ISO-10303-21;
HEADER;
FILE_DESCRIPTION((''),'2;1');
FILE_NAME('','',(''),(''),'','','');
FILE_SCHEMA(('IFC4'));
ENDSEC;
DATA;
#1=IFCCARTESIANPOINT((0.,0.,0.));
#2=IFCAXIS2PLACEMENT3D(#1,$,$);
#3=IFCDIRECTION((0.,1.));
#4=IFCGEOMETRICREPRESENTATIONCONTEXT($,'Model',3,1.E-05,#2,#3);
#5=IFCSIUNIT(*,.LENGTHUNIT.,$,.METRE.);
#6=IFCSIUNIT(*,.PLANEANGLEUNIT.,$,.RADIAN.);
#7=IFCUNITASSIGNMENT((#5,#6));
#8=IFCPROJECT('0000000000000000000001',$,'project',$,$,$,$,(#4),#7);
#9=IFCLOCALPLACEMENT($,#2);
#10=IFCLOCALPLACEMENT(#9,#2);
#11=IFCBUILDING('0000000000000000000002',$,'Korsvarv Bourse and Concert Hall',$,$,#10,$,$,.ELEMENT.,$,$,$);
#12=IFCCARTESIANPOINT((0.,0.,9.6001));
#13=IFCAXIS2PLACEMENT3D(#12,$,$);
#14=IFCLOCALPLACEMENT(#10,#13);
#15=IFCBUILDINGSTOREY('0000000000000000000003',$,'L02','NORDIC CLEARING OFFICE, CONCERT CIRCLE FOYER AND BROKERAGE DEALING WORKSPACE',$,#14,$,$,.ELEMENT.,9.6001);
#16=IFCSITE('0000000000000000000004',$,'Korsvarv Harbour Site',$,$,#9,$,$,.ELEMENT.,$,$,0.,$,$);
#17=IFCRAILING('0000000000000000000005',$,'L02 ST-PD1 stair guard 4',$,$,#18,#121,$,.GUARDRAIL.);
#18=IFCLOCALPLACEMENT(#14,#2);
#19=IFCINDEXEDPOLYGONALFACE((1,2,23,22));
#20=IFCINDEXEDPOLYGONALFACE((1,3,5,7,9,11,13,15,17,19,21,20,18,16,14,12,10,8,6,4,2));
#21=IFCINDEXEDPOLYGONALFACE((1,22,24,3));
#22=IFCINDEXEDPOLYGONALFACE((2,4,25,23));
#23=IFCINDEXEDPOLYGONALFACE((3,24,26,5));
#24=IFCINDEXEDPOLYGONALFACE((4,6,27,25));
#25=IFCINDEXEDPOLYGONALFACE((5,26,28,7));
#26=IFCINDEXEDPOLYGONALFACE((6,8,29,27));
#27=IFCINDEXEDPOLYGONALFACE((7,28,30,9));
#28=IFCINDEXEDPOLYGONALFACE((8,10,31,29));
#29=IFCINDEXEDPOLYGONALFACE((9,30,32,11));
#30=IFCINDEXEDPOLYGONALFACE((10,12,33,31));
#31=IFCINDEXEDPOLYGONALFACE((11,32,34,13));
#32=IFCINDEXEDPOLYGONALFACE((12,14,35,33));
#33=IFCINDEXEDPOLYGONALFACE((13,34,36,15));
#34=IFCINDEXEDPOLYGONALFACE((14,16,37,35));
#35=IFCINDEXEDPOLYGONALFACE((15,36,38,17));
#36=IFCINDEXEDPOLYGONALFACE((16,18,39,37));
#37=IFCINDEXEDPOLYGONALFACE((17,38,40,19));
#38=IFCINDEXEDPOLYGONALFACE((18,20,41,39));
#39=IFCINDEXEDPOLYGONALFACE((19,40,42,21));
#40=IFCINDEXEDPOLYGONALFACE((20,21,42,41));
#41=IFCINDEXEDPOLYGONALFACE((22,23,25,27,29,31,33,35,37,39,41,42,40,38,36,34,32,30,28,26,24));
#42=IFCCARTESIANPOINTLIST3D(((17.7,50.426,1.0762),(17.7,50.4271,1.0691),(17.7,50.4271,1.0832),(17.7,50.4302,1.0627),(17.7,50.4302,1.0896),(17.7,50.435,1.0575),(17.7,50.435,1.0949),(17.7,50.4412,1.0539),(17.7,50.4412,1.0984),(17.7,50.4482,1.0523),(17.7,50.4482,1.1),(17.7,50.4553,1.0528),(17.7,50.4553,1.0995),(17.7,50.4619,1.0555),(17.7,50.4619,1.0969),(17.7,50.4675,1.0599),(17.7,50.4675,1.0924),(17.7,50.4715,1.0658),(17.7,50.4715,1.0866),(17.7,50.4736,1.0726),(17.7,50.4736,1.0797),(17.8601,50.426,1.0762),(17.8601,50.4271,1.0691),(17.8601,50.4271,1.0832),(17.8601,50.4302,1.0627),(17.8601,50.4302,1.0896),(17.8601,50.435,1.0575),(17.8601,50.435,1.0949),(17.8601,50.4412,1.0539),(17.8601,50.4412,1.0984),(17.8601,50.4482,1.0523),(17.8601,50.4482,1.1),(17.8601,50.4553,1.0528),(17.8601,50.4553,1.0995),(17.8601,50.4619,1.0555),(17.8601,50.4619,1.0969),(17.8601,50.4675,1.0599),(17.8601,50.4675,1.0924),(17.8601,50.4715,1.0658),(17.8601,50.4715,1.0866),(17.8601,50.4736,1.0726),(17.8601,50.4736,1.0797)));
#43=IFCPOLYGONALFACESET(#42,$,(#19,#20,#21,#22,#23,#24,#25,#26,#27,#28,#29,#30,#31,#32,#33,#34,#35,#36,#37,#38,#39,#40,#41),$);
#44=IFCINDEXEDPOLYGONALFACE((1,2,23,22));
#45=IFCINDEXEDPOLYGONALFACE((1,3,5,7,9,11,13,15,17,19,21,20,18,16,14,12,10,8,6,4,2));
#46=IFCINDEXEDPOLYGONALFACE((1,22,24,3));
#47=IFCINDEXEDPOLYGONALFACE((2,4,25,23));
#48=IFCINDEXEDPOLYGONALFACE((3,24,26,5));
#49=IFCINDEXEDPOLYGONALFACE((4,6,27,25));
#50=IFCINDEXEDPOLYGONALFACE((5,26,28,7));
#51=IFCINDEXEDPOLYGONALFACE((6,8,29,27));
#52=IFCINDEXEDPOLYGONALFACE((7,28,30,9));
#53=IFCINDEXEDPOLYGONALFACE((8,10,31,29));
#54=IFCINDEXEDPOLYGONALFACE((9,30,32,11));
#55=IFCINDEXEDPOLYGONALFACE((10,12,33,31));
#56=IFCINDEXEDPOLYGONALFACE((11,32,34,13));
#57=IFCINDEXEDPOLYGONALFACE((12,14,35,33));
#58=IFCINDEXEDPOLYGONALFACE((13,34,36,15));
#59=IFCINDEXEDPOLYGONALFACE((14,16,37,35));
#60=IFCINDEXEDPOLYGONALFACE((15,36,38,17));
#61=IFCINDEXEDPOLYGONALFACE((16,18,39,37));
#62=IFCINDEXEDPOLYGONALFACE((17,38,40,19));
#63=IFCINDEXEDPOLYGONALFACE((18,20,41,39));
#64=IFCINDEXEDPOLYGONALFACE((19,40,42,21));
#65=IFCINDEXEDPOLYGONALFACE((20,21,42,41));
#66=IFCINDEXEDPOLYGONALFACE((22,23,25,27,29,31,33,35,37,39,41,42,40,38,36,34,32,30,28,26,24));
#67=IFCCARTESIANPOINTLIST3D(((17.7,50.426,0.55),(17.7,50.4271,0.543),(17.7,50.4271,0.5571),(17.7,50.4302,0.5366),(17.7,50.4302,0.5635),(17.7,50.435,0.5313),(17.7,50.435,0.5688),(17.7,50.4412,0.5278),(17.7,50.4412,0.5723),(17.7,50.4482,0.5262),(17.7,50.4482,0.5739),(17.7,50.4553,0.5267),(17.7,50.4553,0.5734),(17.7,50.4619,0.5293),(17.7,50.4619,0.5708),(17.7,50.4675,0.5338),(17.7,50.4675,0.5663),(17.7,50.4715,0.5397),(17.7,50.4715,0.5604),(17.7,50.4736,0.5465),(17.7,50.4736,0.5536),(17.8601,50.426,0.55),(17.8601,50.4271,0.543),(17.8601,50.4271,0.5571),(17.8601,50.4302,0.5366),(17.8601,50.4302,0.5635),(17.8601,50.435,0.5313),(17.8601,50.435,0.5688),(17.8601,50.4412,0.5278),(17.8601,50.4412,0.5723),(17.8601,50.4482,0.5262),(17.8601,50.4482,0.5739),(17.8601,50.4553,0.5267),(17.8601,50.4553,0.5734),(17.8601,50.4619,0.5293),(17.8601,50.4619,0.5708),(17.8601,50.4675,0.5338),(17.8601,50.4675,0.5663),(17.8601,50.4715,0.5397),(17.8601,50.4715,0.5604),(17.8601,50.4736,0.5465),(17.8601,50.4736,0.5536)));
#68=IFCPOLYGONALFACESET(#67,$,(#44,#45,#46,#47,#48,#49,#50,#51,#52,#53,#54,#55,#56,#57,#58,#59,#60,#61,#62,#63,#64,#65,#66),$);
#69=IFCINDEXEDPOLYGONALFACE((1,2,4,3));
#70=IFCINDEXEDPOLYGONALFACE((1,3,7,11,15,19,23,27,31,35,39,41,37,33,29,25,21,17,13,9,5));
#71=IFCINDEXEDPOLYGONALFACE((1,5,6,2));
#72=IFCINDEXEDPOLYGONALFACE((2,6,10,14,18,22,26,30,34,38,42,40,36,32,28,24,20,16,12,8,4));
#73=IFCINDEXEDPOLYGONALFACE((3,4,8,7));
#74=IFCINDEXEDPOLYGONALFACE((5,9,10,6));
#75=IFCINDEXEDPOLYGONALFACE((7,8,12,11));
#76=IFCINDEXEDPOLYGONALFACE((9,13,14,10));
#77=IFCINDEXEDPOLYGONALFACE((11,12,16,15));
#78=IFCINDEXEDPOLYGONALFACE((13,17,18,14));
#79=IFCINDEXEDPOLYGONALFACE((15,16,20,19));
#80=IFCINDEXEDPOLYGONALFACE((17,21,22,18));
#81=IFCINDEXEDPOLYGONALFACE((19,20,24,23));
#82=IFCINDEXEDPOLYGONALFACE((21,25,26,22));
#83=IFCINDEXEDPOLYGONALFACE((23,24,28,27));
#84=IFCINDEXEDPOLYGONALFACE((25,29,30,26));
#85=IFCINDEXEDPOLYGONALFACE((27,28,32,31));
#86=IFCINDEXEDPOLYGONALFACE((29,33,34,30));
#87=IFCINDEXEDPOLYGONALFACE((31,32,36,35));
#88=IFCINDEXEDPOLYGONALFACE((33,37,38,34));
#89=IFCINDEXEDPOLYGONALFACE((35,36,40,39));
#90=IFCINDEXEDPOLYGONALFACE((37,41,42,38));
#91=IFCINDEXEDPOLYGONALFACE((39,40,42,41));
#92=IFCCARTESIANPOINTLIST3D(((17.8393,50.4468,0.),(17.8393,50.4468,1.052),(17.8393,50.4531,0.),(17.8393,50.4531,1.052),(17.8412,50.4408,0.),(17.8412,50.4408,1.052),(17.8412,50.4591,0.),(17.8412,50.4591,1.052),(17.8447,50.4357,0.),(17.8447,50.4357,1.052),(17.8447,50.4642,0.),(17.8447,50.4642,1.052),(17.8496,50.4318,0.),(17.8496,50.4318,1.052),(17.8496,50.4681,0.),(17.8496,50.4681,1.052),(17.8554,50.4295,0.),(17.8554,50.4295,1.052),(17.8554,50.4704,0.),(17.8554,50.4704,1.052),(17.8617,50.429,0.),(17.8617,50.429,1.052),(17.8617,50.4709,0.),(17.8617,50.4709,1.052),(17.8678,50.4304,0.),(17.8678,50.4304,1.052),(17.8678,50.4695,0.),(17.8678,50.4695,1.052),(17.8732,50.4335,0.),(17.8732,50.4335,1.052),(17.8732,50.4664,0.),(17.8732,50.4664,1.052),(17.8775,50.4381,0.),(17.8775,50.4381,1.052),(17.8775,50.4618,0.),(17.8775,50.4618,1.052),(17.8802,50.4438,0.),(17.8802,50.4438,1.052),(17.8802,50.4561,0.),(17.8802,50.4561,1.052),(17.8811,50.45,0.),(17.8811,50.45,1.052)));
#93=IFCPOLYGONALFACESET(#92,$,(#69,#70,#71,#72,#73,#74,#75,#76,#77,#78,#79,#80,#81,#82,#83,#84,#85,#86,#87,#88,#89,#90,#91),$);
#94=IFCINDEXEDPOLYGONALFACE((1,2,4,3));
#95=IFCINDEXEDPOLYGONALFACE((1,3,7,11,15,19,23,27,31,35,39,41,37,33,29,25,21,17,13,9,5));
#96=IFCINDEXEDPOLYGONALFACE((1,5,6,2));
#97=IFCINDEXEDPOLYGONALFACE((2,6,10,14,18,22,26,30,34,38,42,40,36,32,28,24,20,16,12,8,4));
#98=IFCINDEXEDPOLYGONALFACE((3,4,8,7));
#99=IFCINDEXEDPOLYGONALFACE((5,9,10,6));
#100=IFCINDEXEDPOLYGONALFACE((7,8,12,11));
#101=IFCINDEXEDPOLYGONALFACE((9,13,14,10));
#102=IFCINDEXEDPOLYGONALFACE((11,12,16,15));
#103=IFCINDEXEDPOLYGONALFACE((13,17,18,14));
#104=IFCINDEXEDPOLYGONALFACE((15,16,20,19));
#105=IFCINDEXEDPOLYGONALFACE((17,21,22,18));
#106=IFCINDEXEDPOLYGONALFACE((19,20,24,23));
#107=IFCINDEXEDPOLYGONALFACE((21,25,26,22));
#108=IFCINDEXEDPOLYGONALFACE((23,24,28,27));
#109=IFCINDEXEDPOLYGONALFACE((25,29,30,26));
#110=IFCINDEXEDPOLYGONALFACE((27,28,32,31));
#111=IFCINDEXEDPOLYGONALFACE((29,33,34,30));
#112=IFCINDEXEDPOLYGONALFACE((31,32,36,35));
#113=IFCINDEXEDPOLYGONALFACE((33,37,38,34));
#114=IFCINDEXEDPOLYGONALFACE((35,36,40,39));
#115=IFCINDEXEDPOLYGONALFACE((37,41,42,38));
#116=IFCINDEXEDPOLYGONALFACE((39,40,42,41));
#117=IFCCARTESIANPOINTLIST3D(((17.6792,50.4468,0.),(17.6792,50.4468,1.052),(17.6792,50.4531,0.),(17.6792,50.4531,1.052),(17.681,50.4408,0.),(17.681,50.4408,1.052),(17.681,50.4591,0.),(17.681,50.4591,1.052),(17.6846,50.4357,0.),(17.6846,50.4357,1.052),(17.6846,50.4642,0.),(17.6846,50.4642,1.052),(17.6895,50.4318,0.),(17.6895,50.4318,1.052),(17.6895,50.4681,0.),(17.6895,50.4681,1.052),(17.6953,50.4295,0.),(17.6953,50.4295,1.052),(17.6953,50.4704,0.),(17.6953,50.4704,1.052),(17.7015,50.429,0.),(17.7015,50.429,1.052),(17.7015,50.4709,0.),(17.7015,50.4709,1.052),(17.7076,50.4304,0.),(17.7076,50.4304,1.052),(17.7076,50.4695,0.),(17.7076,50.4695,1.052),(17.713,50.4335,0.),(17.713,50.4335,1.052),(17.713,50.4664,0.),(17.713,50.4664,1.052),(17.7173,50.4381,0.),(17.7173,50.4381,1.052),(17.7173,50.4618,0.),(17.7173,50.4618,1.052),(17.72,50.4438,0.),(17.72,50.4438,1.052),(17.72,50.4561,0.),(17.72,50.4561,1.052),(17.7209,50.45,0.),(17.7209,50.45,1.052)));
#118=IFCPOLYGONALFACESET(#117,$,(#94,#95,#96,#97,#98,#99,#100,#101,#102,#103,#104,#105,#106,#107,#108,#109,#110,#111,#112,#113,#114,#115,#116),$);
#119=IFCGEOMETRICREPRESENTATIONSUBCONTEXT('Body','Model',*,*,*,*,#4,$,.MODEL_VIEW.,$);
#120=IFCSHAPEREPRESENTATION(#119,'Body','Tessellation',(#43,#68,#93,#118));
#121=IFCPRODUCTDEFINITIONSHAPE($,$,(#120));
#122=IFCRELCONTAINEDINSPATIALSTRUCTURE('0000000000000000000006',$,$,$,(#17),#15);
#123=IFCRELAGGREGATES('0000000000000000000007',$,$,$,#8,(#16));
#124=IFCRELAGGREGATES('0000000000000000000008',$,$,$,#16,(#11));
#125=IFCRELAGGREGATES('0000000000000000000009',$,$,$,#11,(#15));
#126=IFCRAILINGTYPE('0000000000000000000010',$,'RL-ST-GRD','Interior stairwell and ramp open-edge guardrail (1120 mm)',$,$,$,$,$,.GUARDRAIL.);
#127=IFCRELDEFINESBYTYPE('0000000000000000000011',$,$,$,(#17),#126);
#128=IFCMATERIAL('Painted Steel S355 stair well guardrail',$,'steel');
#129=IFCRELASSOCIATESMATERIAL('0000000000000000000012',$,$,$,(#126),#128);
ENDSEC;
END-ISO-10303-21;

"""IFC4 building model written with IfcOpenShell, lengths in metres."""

from ifc_helpers import new_model, si_unit, direction, frame, origin, origin_2d, place, context, subcontext, project, spatial, circle, extrude, material, type_object, element, save


model = new_model("IFC4")

# Units and contexts
model_context = context("Model", 3, precision=1e-05, world=origin(), true_north=direction((0.0, 1.0)))
body_context = subcontext(model_context, "Body", "Model", "MODEL_VIEW")
ifc_project = project(units=[si_unit("LENGTHUNIT", "METRE"), si_unit("PLANEANGLEUNIT", "RADIAN")], contexts=[model_context])

# Site, building, storey
site_placement = place(None, origin())
site = spatial("IfcSite", under=ifc_project, at=site_placement, Name="Korsvarv Harbour Site", CompositionType="ELEMENT", RefElevation=0.0)
building_placement = place(site_placement, origin())
building = spatial("IfcBuilding", under=site, at=building_placement, Name="Korsvarv Bourse and Concert Hall", CompositionType="ELEMENT")
storey_placement = place(building_placement, frame((0.0, 0.0, 9.6001)))
storey = spatial("IfcBuildingStorey", under=building, at=storey_placement, Name="L02", Description="NORDIC CLEARING OFFICE, CONCERT CIRCLE FOYER AND BROKERAGE DEALING WORKSPACE", CompositionType="ELEMENT", Elevation=9.6001)

# Railing
ifc_material_1 = material(Name="Painted Steel S355 stair well guardrail", Category="steel")
railing_type_1 = type_object("IfcRailingType", Name="RL-ST-GRD", Description="Interior stairwell and ramp open-edge guardrail (1120 mm)", PredefinedType="GUARDRAIL", material=ifc_material_1)
railing_1_placement = place(storey_placement, frame((17.8601, 50.45, 0.0)))
element("IfcRailing", 1, at=railing_1_placement, inside=storey, type_object=railing_type_1, Name="L02 ST-PD1 stair guard 4", PredefinedType="GUARDRAIL", context=body_context, shape_type="SweptSolid", body=[
    extrude(circle(Radius=0.0239, at=origin_2d()), frame((0.0, 0.0, 1.0762), z_axis=(-1.0, 0.0, 0.0), x_axis=(0.0, -1.0, 0.0)), (0.0, 0.0, 1.0), 0.1602),
    extrude(circle(Radius=0.0239, at=origin_2d()), frame((0.0, 0.0, 0.55), z_axis=(-1.0, 0.0, 0.0), x_axis=(0.0, -1.0, 0.0)), (0.0, 0.0, 1.0), 0.1602),
    extrude(circle(Radius=0.021, at=origin_2d()), origin(), (0.0, 0.0, 1.0), 1.052),
    extrude(circle(Radius=0.021, at=origin_2d()), frame((-0.1602, 0.0, 0.0)), (0.0, 0.0, 1.0), 1.052),
])

save(model, "model.ifc")
